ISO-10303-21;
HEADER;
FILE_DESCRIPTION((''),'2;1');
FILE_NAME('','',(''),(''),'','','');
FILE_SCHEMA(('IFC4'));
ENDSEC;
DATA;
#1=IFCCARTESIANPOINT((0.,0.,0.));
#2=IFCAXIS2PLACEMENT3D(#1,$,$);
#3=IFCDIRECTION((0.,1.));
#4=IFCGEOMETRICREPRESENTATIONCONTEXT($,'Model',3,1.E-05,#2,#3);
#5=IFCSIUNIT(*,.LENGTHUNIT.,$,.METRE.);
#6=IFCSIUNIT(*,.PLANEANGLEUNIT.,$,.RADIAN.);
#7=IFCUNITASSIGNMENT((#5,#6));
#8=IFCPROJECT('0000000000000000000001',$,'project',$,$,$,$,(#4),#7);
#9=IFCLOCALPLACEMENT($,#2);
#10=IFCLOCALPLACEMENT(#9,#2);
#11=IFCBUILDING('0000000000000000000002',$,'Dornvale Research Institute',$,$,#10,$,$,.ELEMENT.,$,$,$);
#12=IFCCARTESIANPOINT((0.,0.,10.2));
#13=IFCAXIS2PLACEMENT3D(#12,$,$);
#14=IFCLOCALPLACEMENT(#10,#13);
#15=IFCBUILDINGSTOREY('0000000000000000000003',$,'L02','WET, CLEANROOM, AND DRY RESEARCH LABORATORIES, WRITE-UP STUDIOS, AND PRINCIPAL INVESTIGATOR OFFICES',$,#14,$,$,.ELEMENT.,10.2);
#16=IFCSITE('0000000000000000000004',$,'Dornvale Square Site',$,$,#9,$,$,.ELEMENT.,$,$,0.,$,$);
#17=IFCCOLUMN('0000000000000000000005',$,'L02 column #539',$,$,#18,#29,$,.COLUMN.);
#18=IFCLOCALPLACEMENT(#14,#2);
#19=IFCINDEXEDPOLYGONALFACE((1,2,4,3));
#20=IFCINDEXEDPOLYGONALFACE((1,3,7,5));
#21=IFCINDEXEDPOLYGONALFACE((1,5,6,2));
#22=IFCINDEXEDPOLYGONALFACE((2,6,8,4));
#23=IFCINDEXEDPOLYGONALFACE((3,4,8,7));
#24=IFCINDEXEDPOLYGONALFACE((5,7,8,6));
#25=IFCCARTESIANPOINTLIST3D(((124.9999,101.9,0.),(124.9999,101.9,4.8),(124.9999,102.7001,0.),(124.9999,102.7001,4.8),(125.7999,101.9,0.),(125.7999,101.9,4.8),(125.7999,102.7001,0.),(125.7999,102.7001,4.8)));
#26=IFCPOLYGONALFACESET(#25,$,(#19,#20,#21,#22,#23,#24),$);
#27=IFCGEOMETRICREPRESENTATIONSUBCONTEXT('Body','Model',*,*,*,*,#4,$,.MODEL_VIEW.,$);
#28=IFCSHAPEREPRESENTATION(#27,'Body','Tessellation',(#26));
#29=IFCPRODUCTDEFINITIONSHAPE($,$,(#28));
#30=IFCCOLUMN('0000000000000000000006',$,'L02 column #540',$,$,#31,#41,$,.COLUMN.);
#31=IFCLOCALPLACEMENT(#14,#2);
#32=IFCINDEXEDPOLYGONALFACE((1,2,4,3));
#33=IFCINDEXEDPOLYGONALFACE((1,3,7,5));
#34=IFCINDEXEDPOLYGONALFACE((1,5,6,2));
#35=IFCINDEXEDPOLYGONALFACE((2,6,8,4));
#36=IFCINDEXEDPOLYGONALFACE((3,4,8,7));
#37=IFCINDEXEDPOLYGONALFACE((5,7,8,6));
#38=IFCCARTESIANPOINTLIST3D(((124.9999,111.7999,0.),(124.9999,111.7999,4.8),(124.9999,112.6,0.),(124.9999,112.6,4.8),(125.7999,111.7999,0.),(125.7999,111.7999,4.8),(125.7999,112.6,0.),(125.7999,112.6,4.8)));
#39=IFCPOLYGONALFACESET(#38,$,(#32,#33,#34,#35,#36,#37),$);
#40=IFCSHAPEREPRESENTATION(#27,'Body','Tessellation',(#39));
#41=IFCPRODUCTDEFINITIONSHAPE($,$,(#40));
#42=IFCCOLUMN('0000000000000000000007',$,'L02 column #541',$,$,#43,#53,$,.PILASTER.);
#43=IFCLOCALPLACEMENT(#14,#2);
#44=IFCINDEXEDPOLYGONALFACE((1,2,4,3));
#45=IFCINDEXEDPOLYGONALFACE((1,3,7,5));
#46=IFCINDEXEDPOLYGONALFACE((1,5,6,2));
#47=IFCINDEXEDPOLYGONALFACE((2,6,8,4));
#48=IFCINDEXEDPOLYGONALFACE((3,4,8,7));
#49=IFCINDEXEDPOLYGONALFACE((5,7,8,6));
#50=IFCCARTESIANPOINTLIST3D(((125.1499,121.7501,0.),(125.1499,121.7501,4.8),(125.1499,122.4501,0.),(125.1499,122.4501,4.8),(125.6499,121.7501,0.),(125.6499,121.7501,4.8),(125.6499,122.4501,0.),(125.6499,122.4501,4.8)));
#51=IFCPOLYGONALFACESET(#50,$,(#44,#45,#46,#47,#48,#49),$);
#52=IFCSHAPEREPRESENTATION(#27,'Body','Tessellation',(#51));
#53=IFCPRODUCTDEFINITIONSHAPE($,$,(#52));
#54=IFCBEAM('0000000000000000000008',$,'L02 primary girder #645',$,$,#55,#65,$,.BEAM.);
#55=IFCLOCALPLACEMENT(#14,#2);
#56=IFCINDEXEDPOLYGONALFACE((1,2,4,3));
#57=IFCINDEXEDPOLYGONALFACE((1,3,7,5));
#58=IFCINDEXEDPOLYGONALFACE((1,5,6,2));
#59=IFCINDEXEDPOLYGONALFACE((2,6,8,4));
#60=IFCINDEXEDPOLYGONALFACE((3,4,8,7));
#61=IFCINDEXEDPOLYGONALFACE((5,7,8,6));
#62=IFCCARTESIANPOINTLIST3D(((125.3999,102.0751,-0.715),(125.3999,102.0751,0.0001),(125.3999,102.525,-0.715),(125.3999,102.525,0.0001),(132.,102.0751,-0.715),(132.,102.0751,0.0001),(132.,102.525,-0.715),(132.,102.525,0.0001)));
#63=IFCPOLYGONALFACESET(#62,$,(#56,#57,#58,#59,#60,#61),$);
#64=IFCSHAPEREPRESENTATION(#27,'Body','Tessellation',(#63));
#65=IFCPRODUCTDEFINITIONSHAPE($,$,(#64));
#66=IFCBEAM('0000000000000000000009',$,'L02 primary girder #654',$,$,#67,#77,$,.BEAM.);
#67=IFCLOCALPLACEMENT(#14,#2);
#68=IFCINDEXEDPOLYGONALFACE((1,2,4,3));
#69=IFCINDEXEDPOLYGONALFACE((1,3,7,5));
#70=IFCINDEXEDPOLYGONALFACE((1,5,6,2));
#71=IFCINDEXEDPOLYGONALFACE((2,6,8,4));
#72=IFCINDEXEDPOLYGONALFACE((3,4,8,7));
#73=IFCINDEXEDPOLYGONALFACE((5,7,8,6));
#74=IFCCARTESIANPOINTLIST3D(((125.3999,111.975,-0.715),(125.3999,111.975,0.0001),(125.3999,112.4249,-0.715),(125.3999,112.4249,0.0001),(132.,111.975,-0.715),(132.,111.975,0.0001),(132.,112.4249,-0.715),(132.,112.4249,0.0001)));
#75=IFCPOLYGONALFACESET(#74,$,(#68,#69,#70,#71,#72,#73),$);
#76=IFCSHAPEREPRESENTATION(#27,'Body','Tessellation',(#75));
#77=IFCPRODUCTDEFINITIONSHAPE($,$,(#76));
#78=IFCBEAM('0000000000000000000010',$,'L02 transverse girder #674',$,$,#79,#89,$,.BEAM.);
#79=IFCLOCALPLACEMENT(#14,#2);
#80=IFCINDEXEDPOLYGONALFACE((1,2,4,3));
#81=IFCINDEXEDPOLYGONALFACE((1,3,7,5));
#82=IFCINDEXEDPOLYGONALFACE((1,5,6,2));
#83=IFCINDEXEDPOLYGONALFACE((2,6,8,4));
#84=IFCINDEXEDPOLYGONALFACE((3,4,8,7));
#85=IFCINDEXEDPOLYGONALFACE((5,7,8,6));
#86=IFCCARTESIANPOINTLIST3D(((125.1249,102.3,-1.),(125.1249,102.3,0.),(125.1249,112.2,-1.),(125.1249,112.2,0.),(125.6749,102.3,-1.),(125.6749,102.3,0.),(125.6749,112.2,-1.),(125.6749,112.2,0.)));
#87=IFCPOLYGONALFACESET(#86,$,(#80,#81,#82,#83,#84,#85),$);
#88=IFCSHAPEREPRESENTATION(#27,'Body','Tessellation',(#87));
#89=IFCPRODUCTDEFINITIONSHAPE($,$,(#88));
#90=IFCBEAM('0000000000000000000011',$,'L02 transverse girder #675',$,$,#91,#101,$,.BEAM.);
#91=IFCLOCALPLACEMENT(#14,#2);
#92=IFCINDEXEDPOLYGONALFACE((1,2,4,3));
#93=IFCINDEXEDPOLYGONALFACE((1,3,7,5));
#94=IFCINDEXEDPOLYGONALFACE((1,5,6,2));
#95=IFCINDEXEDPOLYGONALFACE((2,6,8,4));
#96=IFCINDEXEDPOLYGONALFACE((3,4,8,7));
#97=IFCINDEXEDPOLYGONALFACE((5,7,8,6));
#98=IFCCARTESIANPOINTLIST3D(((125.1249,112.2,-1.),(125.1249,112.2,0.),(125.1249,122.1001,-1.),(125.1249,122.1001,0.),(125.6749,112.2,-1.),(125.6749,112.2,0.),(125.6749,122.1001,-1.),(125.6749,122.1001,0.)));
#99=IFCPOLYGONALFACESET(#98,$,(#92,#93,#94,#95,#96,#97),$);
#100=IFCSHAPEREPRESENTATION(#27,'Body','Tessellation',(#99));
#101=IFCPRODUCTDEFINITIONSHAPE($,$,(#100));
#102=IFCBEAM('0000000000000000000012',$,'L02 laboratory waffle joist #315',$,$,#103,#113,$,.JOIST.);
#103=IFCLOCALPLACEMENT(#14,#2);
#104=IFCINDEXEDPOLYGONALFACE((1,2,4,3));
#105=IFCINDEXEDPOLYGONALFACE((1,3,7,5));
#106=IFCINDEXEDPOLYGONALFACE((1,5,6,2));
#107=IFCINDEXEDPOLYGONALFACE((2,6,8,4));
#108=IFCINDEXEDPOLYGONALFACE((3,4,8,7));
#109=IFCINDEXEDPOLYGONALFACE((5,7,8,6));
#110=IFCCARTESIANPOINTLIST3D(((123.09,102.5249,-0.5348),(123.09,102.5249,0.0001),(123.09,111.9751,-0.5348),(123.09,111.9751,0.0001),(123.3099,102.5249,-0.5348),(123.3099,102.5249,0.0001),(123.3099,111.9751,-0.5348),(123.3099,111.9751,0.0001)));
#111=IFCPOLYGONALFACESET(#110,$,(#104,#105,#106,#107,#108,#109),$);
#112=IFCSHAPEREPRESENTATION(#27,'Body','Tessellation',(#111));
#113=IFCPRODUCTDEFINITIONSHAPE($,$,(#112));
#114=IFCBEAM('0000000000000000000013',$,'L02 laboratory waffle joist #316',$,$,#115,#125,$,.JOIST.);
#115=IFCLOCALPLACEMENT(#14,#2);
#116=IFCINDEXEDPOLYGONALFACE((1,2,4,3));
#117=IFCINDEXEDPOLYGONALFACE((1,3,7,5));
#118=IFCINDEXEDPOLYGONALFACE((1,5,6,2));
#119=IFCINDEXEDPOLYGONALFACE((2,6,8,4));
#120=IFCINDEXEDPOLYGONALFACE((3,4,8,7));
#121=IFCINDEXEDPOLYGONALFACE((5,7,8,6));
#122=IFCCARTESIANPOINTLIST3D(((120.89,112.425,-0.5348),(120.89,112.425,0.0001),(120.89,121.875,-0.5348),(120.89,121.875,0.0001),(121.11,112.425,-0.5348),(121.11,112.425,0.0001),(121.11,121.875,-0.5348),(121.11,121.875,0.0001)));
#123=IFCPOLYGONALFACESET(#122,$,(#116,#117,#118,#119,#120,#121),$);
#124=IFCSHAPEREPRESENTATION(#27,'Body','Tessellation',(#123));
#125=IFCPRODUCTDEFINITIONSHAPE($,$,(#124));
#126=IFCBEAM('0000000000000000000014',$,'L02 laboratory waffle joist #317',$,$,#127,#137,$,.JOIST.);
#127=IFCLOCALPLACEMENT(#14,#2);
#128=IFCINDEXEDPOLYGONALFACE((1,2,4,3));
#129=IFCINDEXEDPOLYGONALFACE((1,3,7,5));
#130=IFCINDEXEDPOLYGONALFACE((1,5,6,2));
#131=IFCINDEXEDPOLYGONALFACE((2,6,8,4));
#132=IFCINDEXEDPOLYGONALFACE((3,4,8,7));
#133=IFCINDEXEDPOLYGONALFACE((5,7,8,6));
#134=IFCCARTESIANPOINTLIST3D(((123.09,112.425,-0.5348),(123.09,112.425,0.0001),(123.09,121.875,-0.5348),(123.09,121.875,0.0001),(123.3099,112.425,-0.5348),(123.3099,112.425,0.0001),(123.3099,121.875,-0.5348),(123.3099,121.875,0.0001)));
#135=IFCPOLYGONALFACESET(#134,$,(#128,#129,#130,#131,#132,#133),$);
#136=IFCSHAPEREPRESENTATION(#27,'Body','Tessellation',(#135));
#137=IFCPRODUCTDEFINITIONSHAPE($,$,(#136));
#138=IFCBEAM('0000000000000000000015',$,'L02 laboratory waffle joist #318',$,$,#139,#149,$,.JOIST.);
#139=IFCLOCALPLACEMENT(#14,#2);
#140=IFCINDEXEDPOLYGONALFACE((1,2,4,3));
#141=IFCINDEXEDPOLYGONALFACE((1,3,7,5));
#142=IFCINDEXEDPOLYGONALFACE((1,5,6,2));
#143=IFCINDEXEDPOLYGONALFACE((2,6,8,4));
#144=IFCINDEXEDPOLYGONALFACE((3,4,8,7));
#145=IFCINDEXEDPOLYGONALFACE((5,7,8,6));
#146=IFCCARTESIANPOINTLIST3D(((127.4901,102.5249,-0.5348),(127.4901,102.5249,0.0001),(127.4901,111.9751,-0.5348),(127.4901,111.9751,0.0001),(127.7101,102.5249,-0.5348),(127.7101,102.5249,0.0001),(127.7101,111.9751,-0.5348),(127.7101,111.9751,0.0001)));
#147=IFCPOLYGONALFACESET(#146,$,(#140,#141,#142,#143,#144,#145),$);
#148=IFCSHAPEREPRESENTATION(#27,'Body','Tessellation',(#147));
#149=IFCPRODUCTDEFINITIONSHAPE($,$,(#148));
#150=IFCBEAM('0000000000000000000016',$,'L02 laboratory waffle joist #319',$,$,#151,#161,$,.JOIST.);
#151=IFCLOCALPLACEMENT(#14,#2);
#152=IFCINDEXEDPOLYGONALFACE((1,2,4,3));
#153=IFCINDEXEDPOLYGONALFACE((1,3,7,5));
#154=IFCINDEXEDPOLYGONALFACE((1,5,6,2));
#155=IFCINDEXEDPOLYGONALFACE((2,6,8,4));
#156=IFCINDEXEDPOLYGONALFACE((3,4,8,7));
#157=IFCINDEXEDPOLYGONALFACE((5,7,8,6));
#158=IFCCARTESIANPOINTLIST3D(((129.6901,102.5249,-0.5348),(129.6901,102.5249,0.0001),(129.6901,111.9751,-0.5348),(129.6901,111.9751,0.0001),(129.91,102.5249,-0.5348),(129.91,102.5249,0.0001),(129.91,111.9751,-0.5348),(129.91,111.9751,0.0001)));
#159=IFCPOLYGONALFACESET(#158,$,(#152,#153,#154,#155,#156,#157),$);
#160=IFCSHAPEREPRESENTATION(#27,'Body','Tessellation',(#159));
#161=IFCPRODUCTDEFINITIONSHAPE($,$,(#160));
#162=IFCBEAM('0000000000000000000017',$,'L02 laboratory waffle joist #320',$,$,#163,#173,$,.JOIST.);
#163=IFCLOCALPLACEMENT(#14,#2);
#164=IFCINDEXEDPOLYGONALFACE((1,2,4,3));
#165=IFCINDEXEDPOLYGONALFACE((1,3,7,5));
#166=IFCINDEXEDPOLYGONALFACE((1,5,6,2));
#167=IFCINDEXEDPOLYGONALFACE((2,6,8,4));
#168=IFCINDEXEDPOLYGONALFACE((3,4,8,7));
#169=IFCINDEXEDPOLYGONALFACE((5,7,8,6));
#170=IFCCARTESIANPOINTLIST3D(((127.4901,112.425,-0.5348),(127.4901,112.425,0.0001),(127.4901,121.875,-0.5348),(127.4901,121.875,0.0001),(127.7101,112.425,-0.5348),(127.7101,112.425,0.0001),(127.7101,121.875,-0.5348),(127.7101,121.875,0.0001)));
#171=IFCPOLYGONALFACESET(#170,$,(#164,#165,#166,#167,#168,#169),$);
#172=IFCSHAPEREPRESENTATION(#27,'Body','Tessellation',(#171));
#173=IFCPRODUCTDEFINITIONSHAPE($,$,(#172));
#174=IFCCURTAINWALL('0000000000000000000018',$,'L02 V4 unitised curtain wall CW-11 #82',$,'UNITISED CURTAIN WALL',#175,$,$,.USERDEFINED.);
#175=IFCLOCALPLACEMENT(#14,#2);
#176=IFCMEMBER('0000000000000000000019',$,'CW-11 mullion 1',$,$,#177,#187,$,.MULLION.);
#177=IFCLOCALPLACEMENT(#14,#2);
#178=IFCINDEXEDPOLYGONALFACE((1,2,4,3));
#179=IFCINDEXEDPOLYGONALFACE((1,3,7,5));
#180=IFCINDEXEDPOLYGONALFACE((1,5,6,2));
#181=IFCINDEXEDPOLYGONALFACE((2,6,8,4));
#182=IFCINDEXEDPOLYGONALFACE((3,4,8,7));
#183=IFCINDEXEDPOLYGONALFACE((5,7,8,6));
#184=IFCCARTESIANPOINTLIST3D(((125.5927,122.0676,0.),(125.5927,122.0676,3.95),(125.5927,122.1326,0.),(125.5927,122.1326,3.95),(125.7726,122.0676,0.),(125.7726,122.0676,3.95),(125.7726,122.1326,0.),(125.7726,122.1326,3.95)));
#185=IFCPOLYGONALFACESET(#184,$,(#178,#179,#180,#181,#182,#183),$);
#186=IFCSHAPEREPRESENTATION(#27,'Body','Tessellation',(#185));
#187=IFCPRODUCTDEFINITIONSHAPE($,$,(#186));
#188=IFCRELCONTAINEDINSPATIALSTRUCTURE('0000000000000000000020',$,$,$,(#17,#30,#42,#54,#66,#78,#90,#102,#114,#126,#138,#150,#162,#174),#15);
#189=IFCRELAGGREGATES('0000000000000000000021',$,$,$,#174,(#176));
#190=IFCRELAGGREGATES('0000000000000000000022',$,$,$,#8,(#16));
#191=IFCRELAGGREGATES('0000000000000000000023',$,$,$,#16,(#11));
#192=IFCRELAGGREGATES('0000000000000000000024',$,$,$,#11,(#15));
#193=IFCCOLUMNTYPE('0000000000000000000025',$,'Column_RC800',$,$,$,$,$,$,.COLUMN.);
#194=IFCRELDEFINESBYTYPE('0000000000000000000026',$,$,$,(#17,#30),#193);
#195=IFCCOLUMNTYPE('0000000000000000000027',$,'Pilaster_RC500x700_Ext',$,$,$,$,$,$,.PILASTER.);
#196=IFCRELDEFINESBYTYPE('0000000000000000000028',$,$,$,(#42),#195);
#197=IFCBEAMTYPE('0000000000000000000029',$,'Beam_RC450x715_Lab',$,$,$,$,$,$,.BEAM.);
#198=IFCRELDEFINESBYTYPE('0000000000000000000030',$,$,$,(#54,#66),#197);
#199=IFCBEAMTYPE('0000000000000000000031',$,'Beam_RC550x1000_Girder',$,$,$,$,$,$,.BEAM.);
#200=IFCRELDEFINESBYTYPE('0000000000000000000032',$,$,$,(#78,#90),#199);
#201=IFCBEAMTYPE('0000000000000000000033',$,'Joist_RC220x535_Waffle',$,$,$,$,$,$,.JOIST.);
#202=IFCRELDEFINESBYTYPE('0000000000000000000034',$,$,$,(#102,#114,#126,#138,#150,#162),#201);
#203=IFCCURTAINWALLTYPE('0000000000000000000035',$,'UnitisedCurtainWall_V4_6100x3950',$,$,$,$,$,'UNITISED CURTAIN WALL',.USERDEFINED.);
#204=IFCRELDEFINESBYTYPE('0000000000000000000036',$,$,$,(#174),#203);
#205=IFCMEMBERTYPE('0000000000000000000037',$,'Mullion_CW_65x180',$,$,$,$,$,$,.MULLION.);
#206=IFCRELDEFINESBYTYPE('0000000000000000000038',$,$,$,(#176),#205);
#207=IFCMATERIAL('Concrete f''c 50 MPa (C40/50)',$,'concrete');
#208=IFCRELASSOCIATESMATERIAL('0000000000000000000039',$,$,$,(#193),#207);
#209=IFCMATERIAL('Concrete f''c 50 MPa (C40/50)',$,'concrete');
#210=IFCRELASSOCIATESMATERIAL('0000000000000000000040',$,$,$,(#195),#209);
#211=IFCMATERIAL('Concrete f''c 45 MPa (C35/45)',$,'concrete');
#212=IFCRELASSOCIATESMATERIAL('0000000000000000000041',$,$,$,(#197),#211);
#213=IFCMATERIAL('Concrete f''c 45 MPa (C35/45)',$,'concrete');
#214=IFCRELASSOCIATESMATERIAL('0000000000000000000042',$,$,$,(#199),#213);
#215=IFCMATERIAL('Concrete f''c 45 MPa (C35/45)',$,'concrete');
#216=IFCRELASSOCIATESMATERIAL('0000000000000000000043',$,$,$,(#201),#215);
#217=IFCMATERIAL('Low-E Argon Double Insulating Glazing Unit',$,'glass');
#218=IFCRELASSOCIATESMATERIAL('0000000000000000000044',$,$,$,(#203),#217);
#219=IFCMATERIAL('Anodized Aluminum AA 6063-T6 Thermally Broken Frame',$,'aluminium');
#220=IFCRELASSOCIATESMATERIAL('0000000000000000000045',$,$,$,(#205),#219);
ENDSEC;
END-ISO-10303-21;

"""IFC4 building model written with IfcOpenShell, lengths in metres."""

from ifc_helpers import new_model, si_unit, direction, frame, origin, origin_2d, place, context, subcontext, project, spatial, rectangle, extrude, material, material_profile, profile_set, type_object, element, aggregate, save


model = new_model("IFC4")

# Units and contexts
model_context = context("Model", 3, precision=1e-05, world=origin(), true_north=direction((0.0, 1.0)))
body_context = subcontext(model_context, "Body", "Model", "MODEL_VIEW")
ifc_project = project(units=[si_unit("LENGTHUNIT", "METRE"), si_unit("PLANEANGLEUNIT", "RADIAN")], contexts=[model_context])

# Site, building, storey
site_placement = place(None, origin())
site = spatial("IfcSite", under=ifc_project, at=site_placement, Name="Dornvale Square Site", CompositionType="ELEMENT", RefElevation=0.0)
building_placement = place(site_placement, origin())
building = spatial("IfcBuilding", under=site, at=building_placement, Name="Dornvale Research Institute", CompositionType="ELEMENT")
storey_placement = place(building_placement, frame((0.0, 0.0, 10.2)))
storey = spatial("IfcBuildingStorey", under=building, at=storey_placement, Name="L02", Description="WET, CLEANROOM, AND DRY RESEARCH LABORATORIES, WRITE-UP STUDIOS, AND PRINCIPAL INVESTIGATOR OFFICES", CompositionType="ELEMENT", Elevation=10.2)

# Columns
ifc_material_1 = material(Name="Concrete f'c 50 MPa (C40/50)", Category="concrete")
ifc_material_profile_1 = material_profile(ifc_material_1, rectangle(XDim=0.8, YDim=0.8, at=origin_2d()), Name="RC 800x800")
ifc_profile_set_1 = profile_set([ifc_material_profile_1], Name="Concrete f'c 50 MPa (C40/50)")
column_type_1 = type_object("IfcColumnType", Name="Column_RC800", PredefinedType="COLUMN", material=ifc_profile_set_1)
for number, where, z_axis, x_axis, name in (
    (1, (125.3999, 102.3, 0.0), (0.0, 0.0, 1.0), (1.0, 0.0, 0.0), "L02 column #539"),
    (2, (125.3999, 112.2, 0.0), (0.0, 0.0, 1.0), (1.0, 0.0, 0.0), "L02 column #540"),
):
    element("IfcColumn", number, at=place(storey_placement, frame(where, z_axis=z_axis, x_axis=x_axis)), inside=storey, type_object=column_type_1, Name=name, PredefinedType="COLUMN", context=body_context, shape_type="SweptSolid", body=[
        extrude(rectangle(XDim=0.8, YDim=0.8, at=origin_2d()), origin(), (0.0, 0.0, 1.0), 4.8),
    ])
ifc_material_2 = material(Name="Concrete f'c 50 MPa (C40/50)", Category="concrete")
ifc_material_profile_2 = material_profile(ifc_material_2, rectangle(XDim=0.5, YDim=0.7, at=origin_2d()), Name="RC 500x700")
ifc_profile_set_2 = profile_set([ifc_material_profile_2], Name="Concrete f'c 50 MPa (C40/50)")
column_type_2 = type_object("IfcColumnType", Name="Pilaster_RC500x700_Ext", PredefinedType="PILASTER", material=ifc_profile_set_2)
column_placement = place(storey_placement, frame((125.3999, 122.1001, 0.0), z_axis=(0.0, 0.0, 1.0), x_axis=(1.0, 0.0, 0.0)))
element("IfcColumn", 3, at=column_placement, inside=storey, type_object=column_type_2, Name="L02 column #541", PredefinedType="PILASTER", context=body_context, shape_type="SweptSolid", body=[
    extrude(rectangle(XDim=0.5, YDim=0.7, at=origin_2d()), origin(), (0.0, 0.0, 1.0), 4.8),
])

# Beams
ifc_material_3 = material(Name="Concrete f'c 45 MPa (C35/45)", Category="concrete")
ifc_material_profile_3 = material_profile(ifc_material_3, rectangle(XDim=0.45, YDim=0.7151, at=origin_2d()), Name="RC 450x715")
ifc_profile_set_3 = profile_set([ifc_material_profile_3], Name="Concrete f'c 45 MPa (C35/45)")
beam_type_1 = type_object("IfcBeamType", Name="Beam_RC450x715_Lab", PredefinedType="BEAM", material=ifc_profile_set_3)
for number, where, z_axis, x_axis, name in (
    (4, (125.3999, 102.3, -0.3574), (1.0, 0.0, 0.0), (0.0, 1.0, 0.0), "L02 primary girder #645"),
    (5, (125.3999, 112.2, -0.3574), (1.0, 0.0, 0.0), (0.0, 1.0, 0.0), "L02 primary girder #654"),
):
    element("IfcBeam", number, at=place(storey_placement, frame(where, z_axis=z_axis, x_axis=x_axis)), inside=storey, type_object=beam_type_1, Name=name, PredefinedType="BEAM", context=body_context, shape_type="SweptSolid", body=[
        extrude(rectangle(XDim=0.45, YDim=0.7151, at=origin_2d()), origin(), (0.0, 0.0, 1.0), 6.6001),
    ])
ifc_material_4 = material(Name="Concrete f'c 45 MPa (C35/45)", Category="concrete")
ifc_material_profile_4 = material_profile(ifc_material_4, rectangle(XDim=0.55, YDim=1.0, at=origin_2d()), Name="RC 550x1000")
ifc_profile_set_4 = profile_set([ifc_material_profile_4], Name="Concrete f'c 45 MPa (C35/45)")
beam_type_2 = type_object("IfcBeamType", Name="Beam_RC550x1000_Girder", PredefinedType="BEAM", material=ifc_profile_set_4)
beam_1_placement = place(storey_placement, frame((125.3999, 102.3, -0.5), z_axis=(0.0, 1.0, 0.0), x_axis=(-1.0, 0.0, 0.0)))
element("IfcBeam", 6, at=beam_1_placement, inside=storey, type_object=beam_type_2, Name="L02 transverse girder #674", PredefinedType="BEAM", context=body_context, shape_type="SweptSolid", body=[
    extrude(rectangle(XDim=0.55, YDim=1.0, at=origin_2d()), origin(), (0.0, 0.0, 1.0), 9.8999),
])
beam_2_placement = place(storey_placement, frame((125.3999, 112.2, -0.5), z_axis=(0.0, 1.0, 0.0), x_axis=(-1.0, 0.0, 0.0)))
element("IfcBeam", 7, at=beam_2_placement, inside=storey, type_object=beam_type_2, Name="L02 transverse girder #675", PredefinedType="BEAM", context=body_context, shape_type="SweptSolid", body=[
    extrude(rectangle(XDim=0.55, YDim=1.0, at=origin_2d()), origin(), (0.0, 0.0, 1.0), 9.9001),
])
ifc_material_5 = material(Name="Concrete f'c 45 MPa (C35/45)", Category="concrete")
ifc_material_profile_5 = material_profile(ifc_material_5, rectangle(XDim=0.22, YDim=0.5349, at=origin_2d()), Name="RC 220x535")
ifc_profile_set_5 = profile_set([ifc_material_profile_5], Name="Concrete f'c 45 MPa (C35/45)")
beam_type_3 = type_object("IfcBeamType", Name="Joist_RC220x535_Waffle", PredefinedType="JOIST", material=ifc_profile_set_5)
beam_3_placement = place(storey_placement, frame((123.2, 102.5249, -0.2673), z_axis=(0.0, 1.0, 0.0), x_axis=(-1.0, 0.0, 0.0)))
element("IfcBeam", 8, at=beam_3_placement, inside=storey, type_object=beam_type_3, Name="L02 laboratory waffle joist #315", PredefinedType="JOIST", context=body_context, shape_type="SweptSolid", body=[
    extrude(rectangle(XDim=0.22, YDim=0.5349, at=origin_2d()), origin(), (0.0, 0.0, 1.0), 9.4502),
])
for number, where, z_axis, x_axis, name in (
    (9, (121.0, 112.425, -0.2673), (0.0, 1.0, 0.0), (-1.0, 0.0, 0.0), "L02 laboratory waffle joist #316"),
    (10, (123.2, 112.425, -0.2673), (0.0, 1.0, 0.0), (-1.0, 0.0, 0.0), "L02 laboratory waffle joist #317"),
):
    element("IfcBeam", number, at=place(storey_placement, frame(where, z_axis=z_axis, x_axis=x_axis)), inside=storey, type_object=beam_type_3, Name=name, PredefinedType="JOIST", context=body_context, shape_type="SweptSolid", body=[
        extrude(rectangle(XDim=0.22, YDim=0.5349, at=origin_2d()), origin(), (0.0, 0.0, 1.0), 9.45),
    ])
for number, where, z_axis, x_axis, name in (
    (11, (127.6001, 102.5249, -0.2673), (0.0, 1.0, 0.0), (-1.0, 0.0, 0.0), "L02 laboratory waffle joist #318"),
    (12, (129.8, 102.5249, -0.2673), (0.0, 1.0, 0.0), (-1.0, 0.0, 0.0), "L02 laboratory waffle joist #319"),
):
    element("IfcBeam", number, at=place(storey_placement, frame(where, z_axis=z_axis, x_axis=x_axis)), inside=storey, type_object=beam_type_3, Name=name, PredefinedType="JOIST", context=body_context, shape_type="SweptSolid", body=[
        extrude(rectangle(XDim=0.22, YDim=0.5349, at=origin_2d()), origin(), (0.0, 0.0, 1.0), 9.4502),
    ])
beam_4_placement = place(storey_placement, frame((127.6001, 112.425, -0.2673), z_axis=(0.0, 1.0, 0.0), x_axis=(-1.0, 0.0, 0.0)))
element("IfcBeam", 13, at=beam_4_placement, inside=storey, type_object=beam_type_3, Name="L02 laboratory waffle joist #320", PredefinedType="JOIST", context=body_context, shape_type="SweptSolid", body=[
    extrude(rectangle(XDim=0.22, YDim=0.5349, at=origin_2d()), origin(), (0.0, 0.0, 1.0), 9.45),
])

# Curtain wall, member
ifc_material_6 = material(Name="Low-E Argon Double Insulating Glazing Unit", Category="glass")
curtain_wall_type = type_object("IfcCurtainWallType", Name="UnitisedCurtainWall_V4_6100x3950", ElementType="UNITISED CURTAIN WALL", PredefinedType="USERDEFINED", material=ifc_material_6)
curtain_wall_placement = place(storey_placement, origin())
curtain_wall = element("IfcCurtainWall", 14, at=curtain_wall_placement, inside=storey, type_object=curtain_wall_type, Name="L02 V4 unitised curtain wall CW-11 #82", ObjectType="UNITISED CURTAIN WALL", PredefinedType="USERDEFINED")
ifc_material_7 = material(Name="Anodized Aluminum AA 6063-T6 Thermally Broken Frame", Category="aluminium")
ifc_material_profile_6 = material_profile(ifc_material_7, rectangle(XDim=0.0649, YDim=0.1799, at=origin_2d()), Name="ALU MULLION 65x180")
ifc_profile_set_6 = profile_set([ifc_material_profile_6], Name="Anodized Aluminum AA 6063-T6 Thermally Broken Frame")
member_type_1 = type_object("IfcMemberType", Name="Mullion_CW_65x180", PredefinedType="MULLION", material=ifc_profile_set_6)
member_1_placement = place(storey_placement, frame((125.6826, 122.1001, 0.0), z_axis=(0.0, 0.0, 1.0), x_axis=(0.0, 1.0, 0.0)))
member_1 = element("IfcMember", 15, at=member_1_placement, type_object=member_type_1, Name="CW-11 mullion 1", PredefinedType="MULLION", context=body_context, shape_type="SweptSolid", body=[
    extrude(rectangle(XDim=0.0649, YDim=0.1799, at=origin_2d()), origin(), (0.0, 0.0, 1.0), 3.95),
])

aggregate(curtain_wall, [member_1])

save(model, "model.ifc")
